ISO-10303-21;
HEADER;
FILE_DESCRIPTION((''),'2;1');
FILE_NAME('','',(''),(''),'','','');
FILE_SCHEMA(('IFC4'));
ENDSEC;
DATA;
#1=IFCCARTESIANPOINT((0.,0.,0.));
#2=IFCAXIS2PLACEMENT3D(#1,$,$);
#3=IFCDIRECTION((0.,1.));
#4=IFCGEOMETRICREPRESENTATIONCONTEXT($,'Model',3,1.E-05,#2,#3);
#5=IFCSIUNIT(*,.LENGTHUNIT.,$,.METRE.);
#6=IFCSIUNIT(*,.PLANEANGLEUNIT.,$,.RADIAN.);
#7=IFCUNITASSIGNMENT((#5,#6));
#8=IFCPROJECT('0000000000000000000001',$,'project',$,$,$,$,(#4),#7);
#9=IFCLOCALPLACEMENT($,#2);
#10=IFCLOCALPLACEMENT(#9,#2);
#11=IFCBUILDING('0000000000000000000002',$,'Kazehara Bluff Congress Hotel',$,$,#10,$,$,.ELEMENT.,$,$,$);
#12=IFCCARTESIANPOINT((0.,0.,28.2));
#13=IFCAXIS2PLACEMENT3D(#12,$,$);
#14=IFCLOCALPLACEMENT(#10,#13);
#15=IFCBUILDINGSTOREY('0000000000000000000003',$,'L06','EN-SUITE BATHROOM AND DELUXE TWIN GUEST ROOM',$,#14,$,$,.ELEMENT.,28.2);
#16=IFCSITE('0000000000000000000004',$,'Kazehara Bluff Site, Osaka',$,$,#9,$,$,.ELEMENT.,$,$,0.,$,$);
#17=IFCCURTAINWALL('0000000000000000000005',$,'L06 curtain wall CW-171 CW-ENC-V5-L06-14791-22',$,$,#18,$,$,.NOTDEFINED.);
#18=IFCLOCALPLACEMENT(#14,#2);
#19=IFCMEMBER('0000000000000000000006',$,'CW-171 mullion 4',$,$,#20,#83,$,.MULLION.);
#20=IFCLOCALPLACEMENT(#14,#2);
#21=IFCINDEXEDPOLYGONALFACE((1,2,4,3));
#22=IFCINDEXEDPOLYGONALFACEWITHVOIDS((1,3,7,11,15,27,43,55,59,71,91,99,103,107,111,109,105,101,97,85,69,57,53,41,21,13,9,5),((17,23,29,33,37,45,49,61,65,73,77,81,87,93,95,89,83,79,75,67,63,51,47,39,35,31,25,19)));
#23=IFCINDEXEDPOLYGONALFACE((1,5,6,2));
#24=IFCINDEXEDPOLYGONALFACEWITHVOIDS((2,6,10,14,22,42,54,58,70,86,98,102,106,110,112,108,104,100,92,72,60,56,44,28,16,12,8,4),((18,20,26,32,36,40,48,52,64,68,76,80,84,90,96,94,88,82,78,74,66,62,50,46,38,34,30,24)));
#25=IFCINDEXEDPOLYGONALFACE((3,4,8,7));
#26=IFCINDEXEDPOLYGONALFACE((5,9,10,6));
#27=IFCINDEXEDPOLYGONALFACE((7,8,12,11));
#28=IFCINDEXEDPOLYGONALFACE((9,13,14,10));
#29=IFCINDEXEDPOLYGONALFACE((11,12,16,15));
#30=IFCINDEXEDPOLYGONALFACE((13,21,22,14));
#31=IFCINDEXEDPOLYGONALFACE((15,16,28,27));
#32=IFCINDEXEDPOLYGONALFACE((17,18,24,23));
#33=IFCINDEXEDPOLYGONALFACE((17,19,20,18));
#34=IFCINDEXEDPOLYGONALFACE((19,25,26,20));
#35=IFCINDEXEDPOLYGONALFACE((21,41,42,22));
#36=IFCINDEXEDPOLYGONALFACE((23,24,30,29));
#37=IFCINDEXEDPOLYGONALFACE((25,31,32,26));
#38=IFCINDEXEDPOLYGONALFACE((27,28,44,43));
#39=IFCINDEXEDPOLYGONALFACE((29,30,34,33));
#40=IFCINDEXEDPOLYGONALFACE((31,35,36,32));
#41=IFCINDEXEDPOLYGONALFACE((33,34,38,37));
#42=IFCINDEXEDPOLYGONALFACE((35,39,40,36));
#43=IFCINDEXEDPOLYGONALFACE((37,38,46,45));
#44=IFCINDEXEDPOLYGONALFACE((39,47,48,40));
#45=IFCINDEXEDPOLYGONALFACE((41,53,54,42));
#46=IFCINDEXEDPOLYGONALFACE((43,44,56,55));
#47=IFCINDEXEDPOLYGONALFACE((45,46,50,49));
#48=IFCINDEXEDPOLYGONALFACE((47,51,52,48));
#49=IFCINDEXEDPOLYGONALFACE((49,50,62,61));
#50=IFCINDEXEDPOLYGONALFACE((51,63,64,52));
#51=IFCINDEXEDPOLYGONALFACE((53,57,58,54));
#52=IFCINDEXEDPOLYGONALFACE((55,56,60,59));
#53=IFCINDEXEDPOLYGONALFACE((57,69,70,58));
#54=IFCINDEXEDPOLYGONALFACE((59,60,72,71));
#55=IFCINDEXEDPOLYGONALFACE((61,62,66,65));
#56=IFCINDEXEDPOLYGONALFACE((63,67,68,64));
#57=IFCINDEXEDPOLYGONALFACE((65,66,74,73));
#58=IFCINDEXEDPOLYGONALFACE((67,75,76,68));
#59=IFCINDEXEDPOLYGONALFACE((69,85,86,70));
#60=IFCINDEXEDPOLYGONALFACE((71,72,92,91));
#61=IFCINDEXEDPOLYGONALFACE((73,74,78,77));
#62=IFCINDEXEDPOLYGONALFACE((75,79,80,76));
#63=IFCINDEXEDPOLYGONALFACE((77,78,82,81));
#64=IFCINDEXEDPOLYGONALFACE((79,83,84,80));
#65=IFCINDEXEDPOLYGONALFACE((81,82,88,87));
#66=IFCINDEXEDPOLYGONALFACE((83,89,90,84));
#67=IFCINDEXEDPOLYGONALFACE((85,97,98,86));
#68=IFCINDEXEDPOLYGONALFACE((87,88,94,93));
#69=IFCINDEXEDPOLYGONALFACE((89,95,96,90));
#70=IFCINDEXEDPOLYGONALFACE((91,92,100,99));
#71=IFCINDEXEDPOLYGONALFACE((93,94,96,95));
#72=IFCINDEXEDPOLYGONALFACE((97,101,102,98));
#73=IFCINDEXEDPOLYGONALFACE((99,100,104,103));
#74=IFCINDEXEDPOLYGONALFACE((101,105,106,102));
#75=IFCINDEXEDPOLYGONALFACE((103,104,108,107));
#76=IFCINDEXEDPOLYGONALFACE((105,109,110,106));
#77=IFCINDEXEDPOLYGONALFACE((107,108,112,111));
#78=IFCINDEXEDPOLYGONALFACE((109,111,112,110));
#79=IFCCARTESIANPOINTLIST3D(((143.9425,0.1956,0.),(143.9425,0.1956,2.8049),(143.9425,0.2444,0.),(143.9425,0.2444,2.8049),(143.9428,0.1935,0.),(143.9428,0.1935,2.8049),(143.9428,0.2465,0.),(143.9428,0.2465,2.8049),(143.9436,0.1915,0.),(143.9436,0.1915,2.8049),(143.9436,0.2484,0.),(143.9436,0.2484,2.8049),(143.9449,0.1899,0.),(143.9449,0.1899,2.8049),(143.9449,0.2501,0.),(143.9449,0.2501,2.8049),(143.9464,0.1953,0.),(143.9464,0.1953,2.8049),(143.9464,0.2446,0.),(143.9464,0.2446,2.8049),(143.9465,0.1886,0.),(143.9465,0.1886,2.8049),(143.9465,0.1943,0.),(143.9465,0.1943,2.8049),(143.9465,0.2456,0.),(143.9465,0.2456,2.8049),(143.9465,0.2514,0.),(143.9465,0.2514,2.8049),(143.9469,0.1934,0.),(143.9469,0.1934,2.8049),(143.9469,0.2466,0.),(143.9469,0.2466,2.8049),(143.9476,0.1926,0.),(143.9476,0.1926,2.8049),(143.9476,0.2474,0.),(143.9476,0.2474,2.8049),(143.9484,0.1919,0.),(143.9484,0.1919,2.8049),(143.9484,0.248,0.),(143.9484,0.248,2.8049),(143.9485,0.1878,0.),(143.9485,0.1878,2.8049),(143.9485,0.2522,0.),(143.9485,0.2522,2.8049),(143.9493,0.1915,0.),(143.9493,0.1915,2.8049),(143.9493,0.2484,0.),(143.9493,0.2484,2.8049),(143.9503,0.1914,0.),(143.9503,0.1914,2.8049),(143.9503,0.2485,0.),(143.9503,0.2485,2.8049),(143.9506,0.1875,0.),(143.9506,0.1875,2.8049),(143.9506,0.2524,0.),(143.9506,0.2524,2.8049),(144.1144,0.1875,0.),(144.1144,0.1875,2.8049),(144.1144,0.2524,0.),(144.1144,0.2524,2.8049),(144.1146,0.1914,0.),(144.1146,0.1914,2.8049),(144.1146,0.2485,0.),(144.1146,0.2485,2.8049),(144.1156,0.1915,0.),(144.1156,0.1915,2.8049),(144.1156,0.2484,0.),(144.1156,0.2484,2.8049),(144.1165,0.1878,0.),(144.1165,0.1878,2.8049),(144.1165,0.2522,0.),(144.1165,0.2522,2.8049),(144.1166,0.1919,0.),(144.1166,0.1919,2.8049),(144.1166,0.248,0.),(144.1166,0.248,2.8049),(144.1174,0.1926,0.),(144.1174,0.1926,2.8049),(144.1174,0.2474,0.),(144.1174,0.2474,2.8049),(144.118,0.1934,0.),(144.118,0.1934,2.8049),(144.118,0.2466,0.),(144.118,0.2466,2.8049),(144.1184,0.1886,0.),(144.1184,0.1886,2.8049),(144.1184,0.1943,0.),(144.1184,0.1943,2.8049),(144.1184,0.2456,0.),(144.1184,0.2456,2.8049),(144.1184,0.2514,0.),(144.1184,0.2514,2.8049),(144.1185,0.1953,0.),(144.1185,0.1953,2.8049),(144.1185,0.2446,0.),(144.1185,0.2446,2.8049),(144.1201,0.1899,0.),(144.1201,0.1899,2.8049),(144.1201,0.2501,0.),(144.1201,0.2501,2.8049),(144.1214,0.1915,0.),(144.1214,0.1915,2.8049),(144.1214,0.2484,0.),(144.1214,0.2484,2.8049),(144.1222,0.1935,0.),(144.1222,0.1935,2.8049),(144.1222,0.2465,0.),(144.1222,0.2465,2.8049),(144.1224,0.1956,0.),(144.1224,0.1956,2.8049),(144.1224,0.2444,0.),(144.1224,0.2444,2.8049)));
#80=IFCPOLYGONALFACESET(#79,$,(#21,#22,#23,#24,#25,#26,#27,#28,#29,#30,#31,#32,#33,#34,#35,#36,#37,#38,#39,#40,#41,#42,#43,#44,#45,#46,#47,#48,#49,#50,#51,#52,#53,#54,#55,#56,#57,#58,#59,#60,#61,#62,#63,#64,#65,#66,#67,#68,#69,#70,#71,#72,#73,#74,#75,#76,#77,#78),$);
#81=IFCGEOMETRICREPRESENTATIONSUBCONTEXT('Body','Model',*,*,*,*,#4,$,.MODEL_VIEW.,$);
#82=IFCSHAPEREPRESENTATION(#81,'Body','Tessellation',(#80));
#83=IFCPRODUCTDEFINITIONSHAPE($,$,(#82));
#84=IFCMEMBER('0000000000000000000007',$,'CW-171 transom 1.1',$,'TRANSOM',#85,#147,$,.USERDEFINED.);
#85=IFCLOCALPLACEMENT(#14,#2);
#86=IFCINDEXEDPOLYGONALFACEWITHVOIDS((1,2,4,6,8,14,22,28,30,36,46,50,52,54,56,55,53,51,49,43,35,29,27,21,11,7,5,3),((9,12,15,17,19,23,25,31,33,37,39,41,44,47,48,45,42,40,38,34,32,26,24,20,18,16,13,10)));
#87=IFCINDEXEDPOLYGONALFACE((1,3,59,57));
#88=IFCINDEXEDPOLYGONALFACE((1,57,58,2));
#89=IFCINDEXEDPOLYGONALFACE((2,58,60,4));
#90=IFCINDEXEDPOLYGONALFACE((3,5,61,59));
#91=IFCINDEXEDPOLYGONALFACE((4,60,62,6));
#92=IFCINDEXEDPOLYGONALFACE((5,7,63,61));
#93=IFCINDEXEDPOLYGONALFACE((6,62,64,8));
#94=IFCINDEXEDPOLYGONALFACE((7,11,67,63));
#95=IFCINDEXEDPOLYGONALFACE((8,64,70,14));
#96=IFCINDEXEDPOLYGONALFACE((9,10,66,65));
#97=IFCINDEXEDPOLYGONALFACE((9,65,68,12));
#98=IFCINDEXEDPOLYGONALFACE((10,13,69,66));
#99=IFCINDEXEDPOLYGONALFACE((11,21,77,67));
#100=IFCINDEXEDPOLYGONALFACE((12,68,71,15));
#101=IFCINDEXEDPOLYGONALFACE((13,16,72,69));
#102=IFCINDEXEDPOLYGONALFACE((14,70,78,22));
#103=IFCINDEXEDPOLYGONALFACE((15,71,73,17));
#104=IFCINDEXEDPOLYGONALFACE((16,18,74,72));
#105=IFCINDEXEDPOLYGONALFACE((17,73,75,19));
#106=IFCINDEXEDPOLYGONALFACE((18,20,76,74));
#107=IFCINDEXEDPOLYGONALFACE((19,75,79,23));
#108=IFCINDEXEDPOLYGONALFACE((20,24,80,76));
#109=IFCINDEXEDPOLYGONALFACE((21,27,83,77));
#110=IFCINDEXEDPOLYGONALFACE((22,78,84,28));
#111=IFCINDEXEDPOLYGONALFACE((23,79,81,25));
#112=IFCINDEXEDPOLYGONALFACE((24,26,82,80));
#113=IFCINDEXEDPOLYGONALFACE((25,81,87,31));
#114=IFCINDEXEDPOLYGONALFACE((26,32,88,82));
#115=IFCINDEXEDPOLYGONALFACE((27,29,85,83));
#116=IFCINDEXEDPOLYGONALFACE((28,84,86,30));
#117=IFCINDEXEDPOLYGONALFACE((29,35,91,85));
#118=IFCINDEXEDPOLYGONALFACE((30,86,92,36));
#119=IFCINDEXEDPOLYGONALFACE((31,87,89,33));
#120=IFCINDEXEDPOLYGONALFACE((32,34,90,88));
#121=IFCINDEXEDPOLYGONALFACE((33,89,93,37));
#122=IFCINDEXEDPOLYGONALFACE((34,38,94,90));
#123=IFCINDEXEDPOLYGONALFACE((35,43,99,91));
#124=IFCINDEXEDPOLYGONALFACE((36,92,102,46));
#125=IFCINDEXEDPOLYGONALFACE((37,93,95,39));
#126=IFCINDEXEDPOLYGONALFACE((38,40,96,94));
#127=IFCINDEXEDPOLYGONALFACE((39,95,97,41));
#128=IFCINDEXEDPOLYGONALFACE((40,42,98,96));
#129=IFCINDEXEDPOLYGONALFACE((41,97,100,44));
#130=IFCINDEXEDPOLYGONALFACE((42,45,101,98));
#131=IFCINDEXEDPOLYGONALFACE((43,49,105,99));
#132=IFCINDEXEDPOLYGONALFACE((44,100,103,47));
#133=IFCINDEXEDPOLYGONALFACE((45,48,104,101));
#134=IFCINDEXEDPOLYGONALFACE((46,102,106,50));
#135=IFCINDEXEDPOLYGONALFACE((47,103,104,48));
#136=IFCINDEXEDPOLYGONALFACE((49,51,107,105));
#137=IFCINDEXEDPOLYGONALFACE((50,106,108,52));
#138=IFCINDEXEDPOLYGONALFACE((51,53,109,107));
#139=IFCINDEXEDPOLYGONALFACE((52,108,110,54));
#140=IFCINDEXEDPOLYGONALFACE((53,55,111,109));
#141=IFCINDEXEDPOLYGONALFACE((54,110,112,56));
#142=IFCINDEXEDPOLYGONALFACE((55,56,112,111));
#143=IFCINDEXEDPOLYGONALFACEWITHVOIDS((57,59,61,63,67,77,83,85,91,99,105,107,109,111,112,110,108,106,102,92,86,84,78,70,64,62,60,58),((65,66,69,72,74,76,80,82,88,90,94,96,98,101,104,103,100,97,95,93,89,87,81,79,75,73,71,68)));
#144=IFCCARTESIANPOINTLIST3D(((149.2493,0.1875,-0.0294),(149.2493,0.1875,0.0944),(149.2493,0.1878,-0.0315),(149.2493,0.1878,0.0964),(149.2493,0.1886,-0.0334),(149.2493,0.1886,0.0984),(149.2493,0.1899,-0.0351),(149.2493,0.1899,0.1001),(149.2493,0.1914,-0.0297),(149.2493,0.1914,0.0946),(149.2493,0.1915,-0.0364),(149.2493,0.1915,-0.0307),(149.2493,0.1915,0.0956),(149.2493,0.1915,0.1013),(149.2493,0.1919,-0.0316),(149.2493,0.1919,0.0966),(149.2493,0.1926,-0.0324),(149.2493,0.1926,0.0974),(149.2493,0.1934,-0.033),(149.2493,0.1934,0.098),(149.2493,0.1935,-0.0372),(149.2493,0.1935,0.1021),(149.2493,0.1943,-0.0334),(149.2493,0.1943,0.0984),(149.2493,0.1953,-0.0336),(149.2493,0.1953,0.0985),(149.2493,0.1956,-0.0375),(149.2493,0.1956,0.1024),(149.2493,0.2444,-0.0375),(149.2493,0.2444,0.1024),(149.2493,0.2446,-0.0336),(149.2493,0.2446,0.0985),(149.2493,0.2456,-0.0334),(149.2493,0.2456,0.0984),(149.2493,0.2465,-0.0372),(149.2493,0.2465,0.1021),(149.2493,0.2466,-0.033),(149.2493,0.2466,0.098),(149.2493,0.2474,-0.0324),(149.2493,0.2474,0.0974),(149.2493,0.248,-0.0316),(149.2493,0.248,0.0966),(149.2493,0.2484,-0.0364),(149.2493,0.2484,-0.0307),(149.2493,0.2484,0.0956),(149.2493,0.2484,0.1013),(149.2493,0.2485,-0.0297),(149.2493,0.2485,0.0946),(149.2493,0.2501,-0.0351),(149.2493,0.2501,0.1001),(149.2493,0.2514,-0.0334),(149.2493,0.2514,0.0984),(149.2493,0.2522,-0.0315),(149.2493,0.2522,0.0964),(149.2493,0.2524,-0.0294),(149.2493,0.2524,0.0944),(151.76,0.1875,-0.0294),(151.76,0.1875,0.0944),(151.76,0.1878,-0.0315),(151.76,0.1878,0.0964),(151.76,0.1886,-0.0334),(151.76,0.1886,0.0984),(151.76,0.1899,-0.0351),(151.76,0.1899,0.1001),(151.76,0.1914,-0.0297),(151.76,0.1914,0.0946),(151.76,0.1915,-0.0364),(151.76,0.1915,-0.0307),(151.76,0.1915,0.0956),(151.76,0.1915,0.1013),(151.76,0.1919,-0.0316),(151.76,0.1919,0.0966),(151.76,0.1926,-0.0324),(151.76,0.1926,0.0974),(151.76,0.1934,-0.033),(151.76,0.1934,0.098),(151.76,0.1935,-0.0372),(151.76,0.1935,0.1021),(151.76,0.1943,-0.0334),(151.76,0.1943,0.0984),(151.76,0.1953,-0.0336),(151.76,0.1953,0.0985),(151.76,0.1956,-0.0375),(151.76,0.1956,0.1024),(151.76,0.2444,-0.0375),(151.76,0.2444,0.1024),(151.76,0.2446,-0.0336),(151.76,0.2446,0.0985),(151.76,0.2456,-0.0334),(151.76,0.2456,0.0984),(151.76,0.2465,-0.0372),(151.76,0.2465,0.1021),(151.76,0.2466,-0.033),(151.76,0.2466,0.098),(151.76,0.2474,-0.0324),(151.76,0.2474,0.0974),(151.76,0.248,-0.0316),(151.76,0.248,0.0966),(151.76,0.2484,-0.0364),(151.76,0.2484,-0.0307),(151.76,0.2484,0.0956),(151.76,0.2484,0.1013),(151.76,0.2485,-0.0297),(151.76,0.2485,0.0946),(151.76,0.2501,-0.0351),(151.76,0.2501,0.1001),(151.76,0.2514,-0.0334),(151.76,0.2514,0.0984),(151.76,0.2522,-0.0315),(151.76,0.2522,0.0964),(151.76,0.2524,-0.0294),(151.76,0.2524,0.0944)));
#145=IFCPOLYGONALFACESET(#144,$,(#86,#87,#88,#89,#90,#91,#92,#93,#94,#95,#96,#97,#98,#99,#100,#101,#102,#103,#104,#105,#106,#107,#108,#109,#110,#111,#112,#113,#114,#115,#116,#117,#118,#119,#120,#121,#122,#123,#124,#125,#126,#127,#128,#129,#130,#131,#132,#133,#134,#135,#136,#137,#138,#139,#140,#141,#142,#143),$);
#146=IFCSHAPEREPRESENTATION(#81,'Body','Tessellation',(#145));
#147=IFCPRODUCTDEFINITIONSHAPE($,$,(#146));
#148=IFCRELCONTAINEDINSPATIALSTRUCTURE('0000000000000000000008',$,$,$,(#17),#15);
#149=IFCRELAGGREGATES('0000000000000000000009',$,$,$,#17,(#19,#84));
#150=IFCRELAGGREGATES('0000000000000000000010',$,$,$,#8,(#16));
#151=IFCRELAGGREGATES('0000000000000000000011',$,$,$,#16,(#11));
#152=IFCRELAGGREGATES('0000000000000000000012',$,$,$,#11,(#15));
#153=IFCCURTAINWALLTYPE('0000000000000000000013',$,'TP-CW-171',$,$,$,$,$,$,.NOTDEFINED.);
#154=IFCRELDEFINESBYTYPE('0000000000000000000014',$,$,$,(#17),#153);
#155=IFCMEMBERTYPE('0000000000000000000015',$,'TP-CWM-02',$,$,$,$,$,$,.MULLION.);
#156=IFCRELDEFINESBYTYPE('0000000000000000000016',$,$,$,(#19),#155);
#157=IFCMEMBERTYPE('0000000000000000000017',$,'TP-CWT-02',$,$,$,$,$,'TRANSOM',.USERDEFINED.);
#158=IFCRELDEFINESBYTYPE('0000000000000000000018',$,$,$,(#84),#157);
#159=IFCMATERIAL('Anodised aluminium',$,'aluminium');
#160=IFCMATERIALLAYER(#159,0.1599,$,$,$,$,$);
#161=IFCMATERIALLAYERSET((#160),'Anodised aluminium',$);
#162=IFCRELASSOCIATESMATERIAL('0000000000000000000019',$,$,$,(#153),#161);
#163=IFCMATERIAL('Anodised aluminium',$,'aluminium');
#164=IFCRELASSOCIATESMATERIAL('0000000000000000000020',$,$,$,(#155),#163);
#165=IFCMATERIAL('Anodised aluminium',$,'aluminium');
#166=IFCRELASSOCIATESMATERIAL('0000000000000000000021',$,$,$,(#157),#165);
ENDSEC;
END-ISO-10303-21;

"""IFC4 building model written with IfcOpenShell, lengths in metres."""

from ifc_helpers import new_model, si_unit, direction, frame, origin, origin_2d, place, context, subcontext, project, spatial, hollow_rectangle, extrude, material, layer, layer_set, material_profile, profile_set, type_object, element, aggregate, save


model = new_model("IFC4")

# Units and contexts
model_context = context("Model", 3, precision=1e-05, world=origin(), true_north=direction((0.0, 1.0)))
body_context = subcontext(model_context, "Body", "Model", "MODEL_VIEW")
ifc_project = project(units=[si_unit("LENGTHUNIT", "METRE"), si_unit("PLANEANGLEUNIT", "RADIAN")], contexts=[model_context])

# Site, building, storey
site_placement = place(None, origin())
site = spatial("IfcSite", under=ifc_project, at=site_placement, Name="Kazehara Bluff Site, Osaka", CompositionType="ELEMENT", RefElevation=0.0)
building_placement = place(site_placement, origin())
building = spatial("IfcBuilding", under=site, at=building_placement, Name="Kazehara Bluff Congress Hotel", CompositionType="ELEMENT")
storey_placement = place(building_placement, frame((0.0, 0.0, 28.2)))
storey = spatial("IfcBuildingStorey", under=building, at=storey_placement, Name="L06", Description="EN-SUITE BATHROOM AND DELUXE TWIN GUEST ROOM", CompositionType="ELEMENT", Elevation=28.2)

# Curtain wall, members
ifc_material_1 = material(Name="Anodised aluminium", Category="aluminium")
ifc_layer_1 = layer(ifc_material_1, 0.1599)
ifc_layer_set_1 = layer_set([ifc_layer_1], Name="Anodised aluminium")
curtain_wall_type = type_object("IfcCurtainWallType", Name="TP-CW-171", PredefinedType="NOTDEFINED", material=ifc_layer_set_1)
curtain_wall_placement = place(storey_placement, origin())
curtain_wall = element("IfcCurtainWall", 1, at=curtain_wall_placement, inside=storey, type_object=curtain_wall_type, Name="L06 curtain wall CW-171 CW-ENC-V5-L06-14791-22", PredefinedType="NOTDEFINED")
ifc_material_2 = material(Name="Anodised aluminium", Category="aluminium")
ifc_material_profile_1 = material_profile(ifc_material_2, hollow_rectangle(XDim=0.0649, YDim=0.1799, WallThickness=0.0039, InnerFilletRadius=0.0039, OuterFilletRadius=0.0081, at=origin_2d()))
ifc_profile_set_1 = profile_set([ifc_material_profile_1], Name="Anodised aluminium")
member_type_1 = type_object("IfcMemberType", Name="TP-CWM-02", PredefinedType="MULLION", material=ifc_profile_set_1)
member_1_placement = place(storey_placement, frame((144.0325, 0.22, 0.0), z_axis=(0.0, 0.0, 1.0), x_axis=(0.0, -1.0, 0.0)))
member_1 = element("IfcMember", 2, at=member_1_placement, type_object=member_type_1, Name="CW-171 mullion 4", PredefinedType="MULLION", context=body_context, shape_type="SweptSolid", body=[
    extrude(hollow_rectangle(XDim=0.0649, YDim=0.1799, WallThickness=0.0039, InnerFilletRadius=0.0039, OuterFilletRadius=0.0081, at=origin_2d()), origin(), (0.0, 0.0, 1.0), 2.8049),
])
ifc_material_3 = material(Name="Anodised aluminium", Category="aluminium")
ifc_material_profile_2 = material_profile(ifc_material_3, hollow_rectangle(XDim=0.0649, YDim=0.1399, WallThickness=0.0039, InnerFilletRadius=0.0039, OuterFilletRadius=0.0081, at=origin_2d()))
ifc_profile_set_2 = profile_set([ifc_material_profile_2], Name="Anodised aluminium")
member_type_2 = type_object("IfcMemberType", Name="TP-CWT-02", ElementType="TRANSOM", PredefinedType="USERDEFINED", material=ifc_profile_set_2)
member_2_placement = place(storey_placement, frame((151.76, 0.22, 0.0325), z_axis=(-1.0, 0.0, 0.0), x_axis=(0.0, -1.0, 0.0)))
member_2 = element("IfcMember", 3, at=member_2_placement, type_object=member_type_2, Name="CW-171 transom 1.1", ObjectType="TRANSOM", PredefinedType="USERDEFINED", context=body_context, shape_type="SweptSolid", body=[
    extrude(hollow_rectangle(XDim=0.0649, YDim=0.1399, WallThickness=0.0039, InnerFilletRadius=0.0039, OuterFilletRadius=0.0081, at=origin_2d()), origin(), (0.0, 0.0, 1.0), 2.5107),
])
aggregate(curtain_wall, [member_1, member_2])

save(model, "model.ifc")
